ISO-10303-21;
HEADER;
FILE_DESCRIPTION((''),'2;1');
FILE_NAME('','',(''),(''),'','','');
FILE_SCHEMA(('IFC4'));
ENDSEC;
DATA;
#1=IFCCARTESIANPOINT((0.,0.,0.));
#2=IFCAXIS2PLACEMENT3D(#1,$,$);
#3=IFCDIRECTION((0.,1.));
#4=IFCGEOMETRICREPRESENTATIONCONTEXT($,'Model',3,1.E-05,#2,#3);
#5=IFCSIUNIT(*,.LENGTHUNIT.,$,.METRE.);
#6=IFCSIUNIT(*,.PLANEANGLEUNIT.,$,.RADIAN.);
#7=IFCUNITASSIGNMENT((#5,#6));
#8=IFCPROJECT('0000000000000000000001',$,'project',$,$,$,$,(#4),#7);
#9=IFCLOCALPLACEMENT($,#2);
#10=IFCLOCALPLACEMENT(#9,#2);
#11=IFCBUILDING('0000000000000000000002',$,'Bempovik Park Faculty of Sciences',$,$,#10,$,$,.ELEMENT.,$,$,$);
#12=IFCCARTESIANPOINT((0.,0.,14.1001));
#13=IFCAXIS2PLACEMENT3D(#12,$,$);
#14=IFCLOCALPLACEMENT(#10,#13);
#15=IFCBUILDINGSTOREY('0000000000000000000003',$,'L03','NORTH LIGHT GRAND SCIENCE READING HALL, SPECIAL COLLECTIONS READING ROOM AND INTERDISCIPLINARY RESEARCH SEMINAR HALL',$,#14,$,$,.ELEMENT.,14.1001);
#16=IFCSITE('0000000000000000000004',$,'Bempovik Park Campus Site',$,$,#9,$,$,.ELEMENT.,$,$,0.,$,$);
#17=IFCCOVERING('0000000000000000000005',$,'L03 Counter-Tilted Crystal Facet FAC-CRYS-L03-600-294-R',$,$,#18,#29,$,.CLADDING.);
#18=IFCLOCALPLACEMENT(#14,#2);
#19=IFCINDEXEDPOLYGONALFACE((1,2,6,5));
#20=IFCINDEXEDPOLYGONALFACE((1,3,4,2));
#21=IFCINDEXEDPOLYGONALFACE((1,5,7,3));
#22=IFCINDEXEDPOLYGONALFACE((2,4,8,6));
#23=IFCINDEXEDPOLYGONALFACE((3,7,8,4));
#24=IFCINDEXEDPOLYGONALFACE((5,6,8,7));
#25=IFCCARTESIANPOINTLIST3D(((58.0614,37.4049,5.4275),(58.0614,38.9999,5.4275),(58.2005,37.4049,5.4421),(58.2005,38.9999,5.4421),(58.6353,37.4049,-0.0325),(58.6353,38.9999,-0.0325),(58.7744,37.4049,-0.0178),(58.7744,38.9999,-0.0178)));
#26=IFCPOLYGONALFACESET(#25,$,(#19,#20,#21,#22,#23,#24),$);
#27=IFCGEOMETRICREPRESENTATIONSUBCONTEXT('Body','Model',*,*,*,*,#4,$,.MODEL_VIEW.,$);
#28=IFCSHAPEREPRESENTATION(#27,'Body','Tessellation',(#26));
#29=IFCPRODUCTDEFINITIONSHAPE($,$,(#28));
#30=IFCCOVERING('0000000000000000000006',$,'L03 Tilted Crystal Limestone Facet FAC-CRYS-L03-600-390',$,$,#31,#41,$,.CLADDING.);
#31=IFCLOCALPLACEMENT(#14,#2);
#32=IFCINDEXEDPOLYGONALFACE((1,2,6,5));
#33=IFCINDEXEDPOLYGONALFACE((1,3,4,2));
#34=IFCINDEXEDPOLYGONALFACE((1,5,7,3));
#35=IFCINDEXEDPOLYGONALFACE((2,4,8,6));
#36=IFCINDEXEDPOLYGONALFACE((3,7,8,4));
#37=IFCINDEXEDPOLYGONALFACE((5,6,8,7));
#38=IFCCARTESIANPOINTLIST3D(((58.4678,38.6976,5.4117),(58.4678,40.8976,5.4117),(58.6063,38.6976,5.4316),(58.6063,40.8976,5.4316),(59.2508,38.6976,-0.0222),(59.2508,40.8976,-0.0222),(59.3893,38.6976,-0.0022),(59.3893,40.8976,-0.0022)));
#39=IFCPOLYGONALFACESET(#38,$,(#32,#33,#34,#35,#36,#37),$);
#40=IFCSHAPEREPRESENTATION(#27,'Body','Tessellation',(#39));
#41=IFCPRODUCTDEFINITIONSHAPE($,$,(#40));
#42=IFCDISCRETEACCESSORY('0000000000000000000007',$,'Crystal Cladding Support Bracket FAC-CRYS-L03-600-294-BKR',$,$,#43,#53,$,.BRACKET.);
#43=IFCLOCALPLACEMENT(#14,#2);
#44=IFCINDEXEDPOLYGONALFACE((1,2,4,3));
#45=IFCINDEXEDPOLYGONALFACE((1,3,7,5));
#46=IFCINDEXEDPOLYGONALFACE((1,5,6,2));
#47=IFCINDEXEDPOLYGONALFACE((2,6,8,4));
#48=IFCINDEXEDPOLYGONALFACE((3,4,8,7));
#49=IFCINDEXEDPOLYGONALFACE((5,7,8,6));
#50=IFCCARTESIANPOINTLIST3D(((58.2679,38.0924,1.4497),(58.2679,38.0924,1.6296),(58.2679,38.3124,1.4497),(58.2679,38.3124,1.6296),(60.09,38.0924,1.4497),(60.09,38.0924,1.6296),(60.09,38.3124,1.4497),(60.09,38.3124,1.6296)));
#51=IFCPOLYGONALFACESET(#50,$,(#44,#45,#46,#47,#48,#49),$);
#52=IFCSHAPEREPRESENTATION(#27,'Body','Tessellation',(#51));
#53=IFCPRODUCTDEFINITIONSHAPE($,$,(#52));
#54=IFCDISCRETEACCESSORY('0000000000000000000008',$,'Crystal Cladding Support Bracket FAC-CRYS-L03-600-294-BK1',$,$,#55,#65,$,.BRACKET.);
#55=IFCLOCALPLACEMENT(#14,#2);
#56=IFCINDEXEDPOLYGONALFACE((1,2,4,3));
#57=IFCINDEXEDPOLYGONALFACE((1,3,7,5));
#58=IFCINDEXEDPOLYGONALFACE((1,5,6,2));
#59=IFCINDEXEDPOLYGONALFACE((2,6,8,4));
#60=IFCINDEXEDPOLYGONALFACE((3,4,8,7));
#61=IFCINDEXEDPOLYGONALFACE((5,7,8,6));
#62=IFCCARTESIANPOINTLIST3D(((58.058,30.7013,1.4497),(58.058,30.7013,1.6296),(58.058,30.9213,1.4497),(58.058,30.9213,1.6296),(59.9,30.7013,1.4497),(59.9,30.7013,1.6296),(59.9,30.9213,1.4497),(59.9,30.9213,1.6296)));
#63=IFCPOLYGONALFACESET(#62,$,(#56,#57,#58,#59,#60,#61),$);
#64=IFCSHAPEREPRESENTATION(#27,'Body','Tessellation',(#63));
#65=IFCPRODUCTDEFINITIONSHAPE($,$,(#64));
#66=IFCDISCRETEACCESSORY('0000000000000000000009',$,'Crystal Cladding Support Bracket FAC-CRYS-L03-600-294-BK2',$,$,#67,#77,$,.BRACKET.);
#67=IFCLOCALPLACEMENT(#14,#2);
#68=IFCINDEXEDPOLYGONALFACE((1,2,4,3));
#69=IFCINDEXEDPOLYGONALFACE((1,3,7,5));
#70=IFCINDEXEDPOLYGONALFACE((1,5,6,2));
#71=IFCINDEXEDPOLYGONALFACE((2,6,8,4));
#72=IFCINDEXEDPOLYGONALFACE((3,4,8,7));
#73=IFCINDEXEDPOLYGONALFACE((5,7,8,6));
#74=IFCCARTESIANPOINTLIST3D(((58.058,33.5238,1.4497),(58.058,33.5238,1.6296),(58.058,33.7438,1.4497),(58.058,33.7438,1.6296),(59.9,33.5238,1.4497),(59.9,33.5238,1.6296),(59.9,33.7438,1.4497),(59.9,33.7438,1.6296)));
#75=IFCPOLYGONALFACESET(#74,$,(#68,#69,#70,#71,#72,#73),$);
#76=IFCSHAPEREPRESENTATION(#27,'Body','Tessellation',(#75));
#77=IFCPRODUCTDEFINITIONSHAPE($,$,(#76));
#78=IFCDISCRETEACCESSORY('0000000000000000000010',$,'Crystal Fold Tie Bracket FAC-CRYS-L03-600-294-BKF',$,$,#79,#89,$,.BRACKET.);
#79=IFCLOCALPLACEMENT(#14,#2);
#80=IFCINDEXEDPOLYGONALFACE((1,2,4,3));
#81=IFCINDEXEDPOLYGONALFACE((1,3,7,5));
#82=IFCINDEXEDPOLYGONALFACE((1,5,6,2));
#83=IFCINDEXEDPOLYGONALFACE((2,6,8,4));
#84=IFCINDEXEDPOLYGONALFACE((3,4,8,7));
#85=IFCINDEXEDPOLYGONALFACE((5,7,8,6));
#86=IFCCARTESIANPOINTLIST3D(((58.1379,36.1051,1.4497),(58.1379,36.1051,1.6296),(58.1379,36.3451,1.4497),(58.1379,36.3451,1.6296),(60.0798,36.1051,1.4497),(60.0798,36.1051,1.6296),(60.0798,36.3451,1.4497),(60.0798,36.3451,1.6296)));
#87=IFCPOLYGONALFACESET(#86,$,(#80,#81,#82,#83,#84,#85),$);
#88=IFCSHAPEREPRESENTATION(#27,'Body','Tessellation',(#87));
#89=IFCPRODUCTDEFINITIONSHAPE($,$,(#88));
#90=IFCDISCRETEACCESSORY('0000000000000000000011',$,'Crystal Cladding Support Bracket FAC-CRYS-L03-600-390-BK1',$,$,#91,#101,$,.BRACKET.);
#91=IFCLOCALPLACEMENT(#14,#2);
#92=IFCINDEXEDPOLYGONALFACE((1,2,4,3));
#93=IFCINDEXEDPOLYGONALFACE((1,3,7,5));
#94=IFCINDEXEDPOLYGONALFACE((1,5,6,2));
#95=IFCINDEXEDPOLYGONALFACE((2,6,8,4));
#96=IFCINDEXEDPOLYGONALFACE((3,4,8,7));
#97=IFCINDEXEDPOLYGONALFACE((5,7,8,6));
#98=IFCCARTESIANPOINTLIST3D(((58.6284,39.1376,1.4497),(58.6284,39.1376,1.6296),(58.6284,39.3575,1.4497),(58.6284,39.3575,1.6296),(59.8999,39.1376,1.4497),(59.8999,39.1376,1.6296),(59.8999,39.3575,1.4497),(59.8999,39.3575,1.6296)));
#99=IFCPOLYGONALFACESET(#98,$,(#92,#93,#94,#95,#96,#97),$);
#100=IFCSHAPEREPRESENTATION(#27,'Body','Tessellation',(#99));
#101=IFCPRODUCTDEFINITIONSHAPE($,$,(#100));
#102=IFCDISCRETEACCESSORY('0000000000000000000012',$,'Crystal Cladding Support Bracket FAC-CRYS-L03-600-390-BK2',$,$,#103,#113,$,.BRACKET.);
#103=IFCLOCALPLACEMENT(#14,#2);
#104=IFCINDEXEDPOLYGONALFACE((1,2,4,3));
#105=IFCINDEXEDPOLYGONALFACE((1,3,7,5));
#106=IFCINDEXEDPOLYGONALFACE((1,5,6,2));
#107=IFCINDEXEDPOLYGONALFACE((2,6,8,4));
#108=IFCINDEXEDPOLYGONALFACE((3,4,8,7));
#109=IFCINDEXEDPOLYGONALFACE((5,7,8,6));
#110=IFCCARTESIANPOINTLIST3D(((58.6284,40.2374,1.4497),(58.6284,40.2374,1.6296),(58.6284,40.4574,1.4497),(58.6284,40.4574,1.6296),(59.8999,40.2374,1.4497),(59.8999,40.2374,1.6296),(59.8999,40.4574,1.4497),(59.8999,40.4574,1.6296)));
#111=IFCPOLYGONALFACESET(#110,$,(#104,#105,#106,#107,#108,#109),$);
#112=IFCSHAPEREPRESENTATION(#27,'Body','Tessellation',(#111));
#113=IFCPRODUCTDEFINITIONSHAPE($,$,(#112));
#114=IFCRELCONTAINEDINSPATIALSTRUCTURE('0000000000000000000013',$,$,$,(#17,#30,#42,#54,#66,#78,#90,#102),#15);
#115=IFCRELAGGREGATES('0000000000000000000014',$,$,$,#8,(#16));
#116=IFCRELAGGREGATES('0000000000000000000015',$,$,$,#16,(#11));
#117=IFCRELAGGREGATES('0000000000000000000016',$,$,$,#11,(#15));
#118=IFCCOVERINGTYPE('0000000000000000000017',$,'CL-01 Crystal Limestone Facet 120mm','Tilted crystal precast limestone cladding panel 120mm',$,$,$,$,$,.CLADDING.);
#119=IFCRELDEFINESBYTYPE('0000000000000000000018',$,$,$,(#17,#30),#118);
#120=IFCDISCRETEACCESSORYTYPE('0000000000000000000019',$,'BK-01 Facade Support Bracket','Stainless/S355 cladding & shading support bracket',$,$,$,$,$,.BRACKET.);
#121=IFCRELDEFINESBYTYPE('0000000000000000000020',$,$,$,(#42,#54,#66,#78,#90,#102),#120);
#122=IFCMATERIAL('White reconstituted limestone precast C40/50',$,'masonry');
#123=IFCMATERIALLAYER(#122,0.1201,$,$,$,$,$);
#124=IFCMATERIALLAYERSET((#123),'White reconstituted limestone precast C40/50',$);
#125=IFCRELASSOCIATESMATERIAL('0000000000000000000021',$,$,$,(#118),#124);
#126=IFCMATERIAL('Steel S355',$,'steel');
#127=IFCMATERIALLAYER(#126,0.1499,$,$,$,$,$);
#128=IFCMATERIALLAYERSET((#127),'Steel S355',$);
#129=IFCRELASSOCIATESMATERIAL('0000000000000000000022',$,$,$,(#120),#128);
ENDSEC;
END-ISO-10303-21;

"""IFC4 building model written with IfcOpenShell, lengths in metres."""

from ifc_helpers import new_model, si_unit, direction, frame, origin, origin_2d, place, context, subcontext, project, spatial, rectangle, extrude, material, layer, layer_set, type_object, element, save


model = new_model("IFC4")

# Units and contexts
model_context = context("Model", 3, precision=1e-05, world=origin(), true_north=direction((0.0, 1.0)))
body_context = subcontext(model_context, "Body", "Model", "MODEL_VIEW")
ifc_project = project(units=[si_unit("LENGTHUNIT", "METRE"), si_unit("PLANEANGLEUNIT", "RADIAN")], contexts=[model_context])

# Site, building, storey
site_placement = place(None, origin())
site = spatial("IfcSite", under=ifc_project, at=site_placement, Name="Bempovik Park Campus Site", CompositionType="ELEMENT", RefElevation=0.0)
building_placement = place(site_placement, origin())
building = spatial("IfcBuilding", under=site, at=building_placement, Name="Bempovik Park Faculty of Sciences", CompositionType="ELEMENT")
storey_placement = place(building_placement, frame((0.0, 0.0, 14.1001)))
storey = spatial("IfcBuildingStorey", under=building, at=storey_placement, Name="L03", Description="NORTH LIGHT GRAND SCIENCE READING HALL, SPECIAL COLLECTIONS READING ROOM AND INTERDISCIPLINARY RESEARCH SEMINAR HALL", CompositionType="ELEMENT", Elevation=14.1001)

# Shared definitions
ifc_material_1 = material(Name="Steel S355", Category="steel")

# Coverings
ifc_material_2 = material(Name="White reconstituted limestone precast C40/50", Category="masonry")
ifc_layer_1 = layer(ifc_material_2, 0.1201)
ifc_layer_set_1 = layer_set([ifc_layer_1], Name="White reconstituted limestone precast C40/50")
covering_type = type_object("IfcCoveringType", Name="CL-01 Crystal Limestone Facet 120mm", Description="Tilted crystal precast limestone cladding panel 120mm", PredefinedType="CLADDING", material=ifc_layer_set_1)
covering_1_placement = place(storey_placement, frame((58.7048, 38.2024, -0.0251), z_axis=(-0.104528, 0.0, 0.994522), x_axis=(0.0, 1.0, 0.0)))
element("IfcCovering", 1, at=covering_1_placement, inside=storey, type_object=covering_type, Name="L03 Counter-Tilted Crystal Facet FAC-CRYS-L03-600-294-R", PredefinedType="CLADDING", context=body_context, shape_type="SweptSolid", body=[
    extrude(rectangle(XDim=1.595, YDim=0.1399, at=origin_2d()), origin(), (0.0, 0.0, 1.0), 5.49),
])
covering_2_placement = place(storey_placement, frame((59.3201, 39.7976, -0.0122), z_axis=(-0.142629, 0.0, 0.989776), x_axis=(0.0, 1.0, 0.0)))
element("IfcCovering", 2, at=covering_2_placement, inside=storey, type_object=covering_type, Name="L03 Tilted Crystal Limestone Facet FAC-CRYS-L03-600-390", PredefinedType="CLADDING", context=body_context, shape_type="SweptSolid", body=[
    extrude(rectangle(XDim=2.2, YDim=0.1399, at=origin_2d()), origin(), (0.0, 0.0, 1.0), 5.49),
])

# Discrete accessories
ifc_layer_2 = layer(ifc_material_1, 0.1499)
ifc_layer_set_2 = layer_set([ifc_layer_2], Name="Steel S355")
discrete_accessory_type = type_object("IfcDiscreteAccessoryType", Name="BK-01 Facade Support Bracket", Description="Stainless/S355 cladding & shading support bracket", PredefinedType="BRACKET", material=ifc_layer_set_2)
discrete_accessory_1_placement = place(storey_placement, frame((59.179, 38.2024, 1.4497), z_axis=(0.0, 0.0, 1.0), x_axis=(1.0, 0.0, 0.0)))
element("IfcDiscreteAccessory", 3, at=discrete_accessory_1_placement, inside=storey, type_object=discrete_accessory_type, Name="Crystal Cladding Support Bracket FAC-CRYS-L03-600-294-BKR", PredefinedType="BRACKET", context=body_context, shape_type="SweptSolid", body=[
    extrude(rectangle(XDim=1.822, YDim=0.22, at=origin_2d()), origin(), (0.0, 0.0, 1.0), 0.1799),
])
for number, where, z_axis, x_axis, name in (
    (4, (58.979, 30.8113, 1.4497), (0.0, 0.0, 1.0), (1.0, 0.0, 0.0), "Crystal Cladding Support Bracket FAC-CRYS-L03-600-294-BK1"),
    (5, (58.979, 33.6338, 1.4497), (0.0, 0.0, 1.0), (1.0, 0.0, 0.0), "Crystal Cladding Support Bracket FAC-CRYS-L03-600-294-BK2"),
):
    element("IfcDiscreteAccessory", number, at=place(storey_placement, frame(where, z_axis=z_axis, x_axis=x_axis)), inside=storey, type_object=discrete_accessory_type, Name=name, PredefinedType="BRACKET", context=body_context, shape_type="SweptSolid", body=[
        extrude(rectangle(XDim=1.842, YDim=0.22, at=origin_2d()), origin(), (0.0, 0.0, 1.0), 0.1799),
    ])
discrete_accessory_2_placement = place(storey_placement, frame((59.1089, 36.2251, 1.4497), z_axis=(0.0, 0.0, 1.0), x_axis=(1.0, 0.0, 0.0)))
element("IfcDiscreteAccessory", 6, at=discrete_accessory_2_placement, inside=storey, type_object=discrete_accessory_type, Name="Crystal Fold Tie Bracket FAC-CRYS-L03-600-294-BKF", PredefinedType="BRACKET", context=body_context, shape_type="SweptSolid", body=[
    extrude(rectangle(XDim=1.9419, YDim=0.24, at=origin_2d()), origin(), (0.0, 0.0, 1.0), 0.1799),
])
for number, where, z_axis, x_axis, name in (
    (7, (59.2642, 39.2476, 1.4497), (0.0, 0.0, 1.0), (1.0, 0.0, 0.0), "Crystal Cladding Support Bracket FAC-CRYS-L03-600-390-BK1"),
    (8, (59.2642, 40.3474, 1.4497), (0.0, 0.0, 1.0), (1.0, 0.0, 0.0), "Crystal Cladding Support Bracket FAC-CRYS-L03-600-390-BK2"),
):
    element("IfcDiscreteAccessory", number, at=place(storey_placement, frame(where, z_axis=z_axis, x_axis=x_axis)), inside=storey, type_object=discrete_accessory_type, Name=name, PredefinedType="BRACKET", context=body_context, shape_type="SweptSolid", body=[
        extrude(rectangle(XDim=1.2715, YDim=0.22, at=origin_2d()), origin(), (0.0, 0.0, 1.0), 0.1799),
    ])

save(model, "model.ifc")
